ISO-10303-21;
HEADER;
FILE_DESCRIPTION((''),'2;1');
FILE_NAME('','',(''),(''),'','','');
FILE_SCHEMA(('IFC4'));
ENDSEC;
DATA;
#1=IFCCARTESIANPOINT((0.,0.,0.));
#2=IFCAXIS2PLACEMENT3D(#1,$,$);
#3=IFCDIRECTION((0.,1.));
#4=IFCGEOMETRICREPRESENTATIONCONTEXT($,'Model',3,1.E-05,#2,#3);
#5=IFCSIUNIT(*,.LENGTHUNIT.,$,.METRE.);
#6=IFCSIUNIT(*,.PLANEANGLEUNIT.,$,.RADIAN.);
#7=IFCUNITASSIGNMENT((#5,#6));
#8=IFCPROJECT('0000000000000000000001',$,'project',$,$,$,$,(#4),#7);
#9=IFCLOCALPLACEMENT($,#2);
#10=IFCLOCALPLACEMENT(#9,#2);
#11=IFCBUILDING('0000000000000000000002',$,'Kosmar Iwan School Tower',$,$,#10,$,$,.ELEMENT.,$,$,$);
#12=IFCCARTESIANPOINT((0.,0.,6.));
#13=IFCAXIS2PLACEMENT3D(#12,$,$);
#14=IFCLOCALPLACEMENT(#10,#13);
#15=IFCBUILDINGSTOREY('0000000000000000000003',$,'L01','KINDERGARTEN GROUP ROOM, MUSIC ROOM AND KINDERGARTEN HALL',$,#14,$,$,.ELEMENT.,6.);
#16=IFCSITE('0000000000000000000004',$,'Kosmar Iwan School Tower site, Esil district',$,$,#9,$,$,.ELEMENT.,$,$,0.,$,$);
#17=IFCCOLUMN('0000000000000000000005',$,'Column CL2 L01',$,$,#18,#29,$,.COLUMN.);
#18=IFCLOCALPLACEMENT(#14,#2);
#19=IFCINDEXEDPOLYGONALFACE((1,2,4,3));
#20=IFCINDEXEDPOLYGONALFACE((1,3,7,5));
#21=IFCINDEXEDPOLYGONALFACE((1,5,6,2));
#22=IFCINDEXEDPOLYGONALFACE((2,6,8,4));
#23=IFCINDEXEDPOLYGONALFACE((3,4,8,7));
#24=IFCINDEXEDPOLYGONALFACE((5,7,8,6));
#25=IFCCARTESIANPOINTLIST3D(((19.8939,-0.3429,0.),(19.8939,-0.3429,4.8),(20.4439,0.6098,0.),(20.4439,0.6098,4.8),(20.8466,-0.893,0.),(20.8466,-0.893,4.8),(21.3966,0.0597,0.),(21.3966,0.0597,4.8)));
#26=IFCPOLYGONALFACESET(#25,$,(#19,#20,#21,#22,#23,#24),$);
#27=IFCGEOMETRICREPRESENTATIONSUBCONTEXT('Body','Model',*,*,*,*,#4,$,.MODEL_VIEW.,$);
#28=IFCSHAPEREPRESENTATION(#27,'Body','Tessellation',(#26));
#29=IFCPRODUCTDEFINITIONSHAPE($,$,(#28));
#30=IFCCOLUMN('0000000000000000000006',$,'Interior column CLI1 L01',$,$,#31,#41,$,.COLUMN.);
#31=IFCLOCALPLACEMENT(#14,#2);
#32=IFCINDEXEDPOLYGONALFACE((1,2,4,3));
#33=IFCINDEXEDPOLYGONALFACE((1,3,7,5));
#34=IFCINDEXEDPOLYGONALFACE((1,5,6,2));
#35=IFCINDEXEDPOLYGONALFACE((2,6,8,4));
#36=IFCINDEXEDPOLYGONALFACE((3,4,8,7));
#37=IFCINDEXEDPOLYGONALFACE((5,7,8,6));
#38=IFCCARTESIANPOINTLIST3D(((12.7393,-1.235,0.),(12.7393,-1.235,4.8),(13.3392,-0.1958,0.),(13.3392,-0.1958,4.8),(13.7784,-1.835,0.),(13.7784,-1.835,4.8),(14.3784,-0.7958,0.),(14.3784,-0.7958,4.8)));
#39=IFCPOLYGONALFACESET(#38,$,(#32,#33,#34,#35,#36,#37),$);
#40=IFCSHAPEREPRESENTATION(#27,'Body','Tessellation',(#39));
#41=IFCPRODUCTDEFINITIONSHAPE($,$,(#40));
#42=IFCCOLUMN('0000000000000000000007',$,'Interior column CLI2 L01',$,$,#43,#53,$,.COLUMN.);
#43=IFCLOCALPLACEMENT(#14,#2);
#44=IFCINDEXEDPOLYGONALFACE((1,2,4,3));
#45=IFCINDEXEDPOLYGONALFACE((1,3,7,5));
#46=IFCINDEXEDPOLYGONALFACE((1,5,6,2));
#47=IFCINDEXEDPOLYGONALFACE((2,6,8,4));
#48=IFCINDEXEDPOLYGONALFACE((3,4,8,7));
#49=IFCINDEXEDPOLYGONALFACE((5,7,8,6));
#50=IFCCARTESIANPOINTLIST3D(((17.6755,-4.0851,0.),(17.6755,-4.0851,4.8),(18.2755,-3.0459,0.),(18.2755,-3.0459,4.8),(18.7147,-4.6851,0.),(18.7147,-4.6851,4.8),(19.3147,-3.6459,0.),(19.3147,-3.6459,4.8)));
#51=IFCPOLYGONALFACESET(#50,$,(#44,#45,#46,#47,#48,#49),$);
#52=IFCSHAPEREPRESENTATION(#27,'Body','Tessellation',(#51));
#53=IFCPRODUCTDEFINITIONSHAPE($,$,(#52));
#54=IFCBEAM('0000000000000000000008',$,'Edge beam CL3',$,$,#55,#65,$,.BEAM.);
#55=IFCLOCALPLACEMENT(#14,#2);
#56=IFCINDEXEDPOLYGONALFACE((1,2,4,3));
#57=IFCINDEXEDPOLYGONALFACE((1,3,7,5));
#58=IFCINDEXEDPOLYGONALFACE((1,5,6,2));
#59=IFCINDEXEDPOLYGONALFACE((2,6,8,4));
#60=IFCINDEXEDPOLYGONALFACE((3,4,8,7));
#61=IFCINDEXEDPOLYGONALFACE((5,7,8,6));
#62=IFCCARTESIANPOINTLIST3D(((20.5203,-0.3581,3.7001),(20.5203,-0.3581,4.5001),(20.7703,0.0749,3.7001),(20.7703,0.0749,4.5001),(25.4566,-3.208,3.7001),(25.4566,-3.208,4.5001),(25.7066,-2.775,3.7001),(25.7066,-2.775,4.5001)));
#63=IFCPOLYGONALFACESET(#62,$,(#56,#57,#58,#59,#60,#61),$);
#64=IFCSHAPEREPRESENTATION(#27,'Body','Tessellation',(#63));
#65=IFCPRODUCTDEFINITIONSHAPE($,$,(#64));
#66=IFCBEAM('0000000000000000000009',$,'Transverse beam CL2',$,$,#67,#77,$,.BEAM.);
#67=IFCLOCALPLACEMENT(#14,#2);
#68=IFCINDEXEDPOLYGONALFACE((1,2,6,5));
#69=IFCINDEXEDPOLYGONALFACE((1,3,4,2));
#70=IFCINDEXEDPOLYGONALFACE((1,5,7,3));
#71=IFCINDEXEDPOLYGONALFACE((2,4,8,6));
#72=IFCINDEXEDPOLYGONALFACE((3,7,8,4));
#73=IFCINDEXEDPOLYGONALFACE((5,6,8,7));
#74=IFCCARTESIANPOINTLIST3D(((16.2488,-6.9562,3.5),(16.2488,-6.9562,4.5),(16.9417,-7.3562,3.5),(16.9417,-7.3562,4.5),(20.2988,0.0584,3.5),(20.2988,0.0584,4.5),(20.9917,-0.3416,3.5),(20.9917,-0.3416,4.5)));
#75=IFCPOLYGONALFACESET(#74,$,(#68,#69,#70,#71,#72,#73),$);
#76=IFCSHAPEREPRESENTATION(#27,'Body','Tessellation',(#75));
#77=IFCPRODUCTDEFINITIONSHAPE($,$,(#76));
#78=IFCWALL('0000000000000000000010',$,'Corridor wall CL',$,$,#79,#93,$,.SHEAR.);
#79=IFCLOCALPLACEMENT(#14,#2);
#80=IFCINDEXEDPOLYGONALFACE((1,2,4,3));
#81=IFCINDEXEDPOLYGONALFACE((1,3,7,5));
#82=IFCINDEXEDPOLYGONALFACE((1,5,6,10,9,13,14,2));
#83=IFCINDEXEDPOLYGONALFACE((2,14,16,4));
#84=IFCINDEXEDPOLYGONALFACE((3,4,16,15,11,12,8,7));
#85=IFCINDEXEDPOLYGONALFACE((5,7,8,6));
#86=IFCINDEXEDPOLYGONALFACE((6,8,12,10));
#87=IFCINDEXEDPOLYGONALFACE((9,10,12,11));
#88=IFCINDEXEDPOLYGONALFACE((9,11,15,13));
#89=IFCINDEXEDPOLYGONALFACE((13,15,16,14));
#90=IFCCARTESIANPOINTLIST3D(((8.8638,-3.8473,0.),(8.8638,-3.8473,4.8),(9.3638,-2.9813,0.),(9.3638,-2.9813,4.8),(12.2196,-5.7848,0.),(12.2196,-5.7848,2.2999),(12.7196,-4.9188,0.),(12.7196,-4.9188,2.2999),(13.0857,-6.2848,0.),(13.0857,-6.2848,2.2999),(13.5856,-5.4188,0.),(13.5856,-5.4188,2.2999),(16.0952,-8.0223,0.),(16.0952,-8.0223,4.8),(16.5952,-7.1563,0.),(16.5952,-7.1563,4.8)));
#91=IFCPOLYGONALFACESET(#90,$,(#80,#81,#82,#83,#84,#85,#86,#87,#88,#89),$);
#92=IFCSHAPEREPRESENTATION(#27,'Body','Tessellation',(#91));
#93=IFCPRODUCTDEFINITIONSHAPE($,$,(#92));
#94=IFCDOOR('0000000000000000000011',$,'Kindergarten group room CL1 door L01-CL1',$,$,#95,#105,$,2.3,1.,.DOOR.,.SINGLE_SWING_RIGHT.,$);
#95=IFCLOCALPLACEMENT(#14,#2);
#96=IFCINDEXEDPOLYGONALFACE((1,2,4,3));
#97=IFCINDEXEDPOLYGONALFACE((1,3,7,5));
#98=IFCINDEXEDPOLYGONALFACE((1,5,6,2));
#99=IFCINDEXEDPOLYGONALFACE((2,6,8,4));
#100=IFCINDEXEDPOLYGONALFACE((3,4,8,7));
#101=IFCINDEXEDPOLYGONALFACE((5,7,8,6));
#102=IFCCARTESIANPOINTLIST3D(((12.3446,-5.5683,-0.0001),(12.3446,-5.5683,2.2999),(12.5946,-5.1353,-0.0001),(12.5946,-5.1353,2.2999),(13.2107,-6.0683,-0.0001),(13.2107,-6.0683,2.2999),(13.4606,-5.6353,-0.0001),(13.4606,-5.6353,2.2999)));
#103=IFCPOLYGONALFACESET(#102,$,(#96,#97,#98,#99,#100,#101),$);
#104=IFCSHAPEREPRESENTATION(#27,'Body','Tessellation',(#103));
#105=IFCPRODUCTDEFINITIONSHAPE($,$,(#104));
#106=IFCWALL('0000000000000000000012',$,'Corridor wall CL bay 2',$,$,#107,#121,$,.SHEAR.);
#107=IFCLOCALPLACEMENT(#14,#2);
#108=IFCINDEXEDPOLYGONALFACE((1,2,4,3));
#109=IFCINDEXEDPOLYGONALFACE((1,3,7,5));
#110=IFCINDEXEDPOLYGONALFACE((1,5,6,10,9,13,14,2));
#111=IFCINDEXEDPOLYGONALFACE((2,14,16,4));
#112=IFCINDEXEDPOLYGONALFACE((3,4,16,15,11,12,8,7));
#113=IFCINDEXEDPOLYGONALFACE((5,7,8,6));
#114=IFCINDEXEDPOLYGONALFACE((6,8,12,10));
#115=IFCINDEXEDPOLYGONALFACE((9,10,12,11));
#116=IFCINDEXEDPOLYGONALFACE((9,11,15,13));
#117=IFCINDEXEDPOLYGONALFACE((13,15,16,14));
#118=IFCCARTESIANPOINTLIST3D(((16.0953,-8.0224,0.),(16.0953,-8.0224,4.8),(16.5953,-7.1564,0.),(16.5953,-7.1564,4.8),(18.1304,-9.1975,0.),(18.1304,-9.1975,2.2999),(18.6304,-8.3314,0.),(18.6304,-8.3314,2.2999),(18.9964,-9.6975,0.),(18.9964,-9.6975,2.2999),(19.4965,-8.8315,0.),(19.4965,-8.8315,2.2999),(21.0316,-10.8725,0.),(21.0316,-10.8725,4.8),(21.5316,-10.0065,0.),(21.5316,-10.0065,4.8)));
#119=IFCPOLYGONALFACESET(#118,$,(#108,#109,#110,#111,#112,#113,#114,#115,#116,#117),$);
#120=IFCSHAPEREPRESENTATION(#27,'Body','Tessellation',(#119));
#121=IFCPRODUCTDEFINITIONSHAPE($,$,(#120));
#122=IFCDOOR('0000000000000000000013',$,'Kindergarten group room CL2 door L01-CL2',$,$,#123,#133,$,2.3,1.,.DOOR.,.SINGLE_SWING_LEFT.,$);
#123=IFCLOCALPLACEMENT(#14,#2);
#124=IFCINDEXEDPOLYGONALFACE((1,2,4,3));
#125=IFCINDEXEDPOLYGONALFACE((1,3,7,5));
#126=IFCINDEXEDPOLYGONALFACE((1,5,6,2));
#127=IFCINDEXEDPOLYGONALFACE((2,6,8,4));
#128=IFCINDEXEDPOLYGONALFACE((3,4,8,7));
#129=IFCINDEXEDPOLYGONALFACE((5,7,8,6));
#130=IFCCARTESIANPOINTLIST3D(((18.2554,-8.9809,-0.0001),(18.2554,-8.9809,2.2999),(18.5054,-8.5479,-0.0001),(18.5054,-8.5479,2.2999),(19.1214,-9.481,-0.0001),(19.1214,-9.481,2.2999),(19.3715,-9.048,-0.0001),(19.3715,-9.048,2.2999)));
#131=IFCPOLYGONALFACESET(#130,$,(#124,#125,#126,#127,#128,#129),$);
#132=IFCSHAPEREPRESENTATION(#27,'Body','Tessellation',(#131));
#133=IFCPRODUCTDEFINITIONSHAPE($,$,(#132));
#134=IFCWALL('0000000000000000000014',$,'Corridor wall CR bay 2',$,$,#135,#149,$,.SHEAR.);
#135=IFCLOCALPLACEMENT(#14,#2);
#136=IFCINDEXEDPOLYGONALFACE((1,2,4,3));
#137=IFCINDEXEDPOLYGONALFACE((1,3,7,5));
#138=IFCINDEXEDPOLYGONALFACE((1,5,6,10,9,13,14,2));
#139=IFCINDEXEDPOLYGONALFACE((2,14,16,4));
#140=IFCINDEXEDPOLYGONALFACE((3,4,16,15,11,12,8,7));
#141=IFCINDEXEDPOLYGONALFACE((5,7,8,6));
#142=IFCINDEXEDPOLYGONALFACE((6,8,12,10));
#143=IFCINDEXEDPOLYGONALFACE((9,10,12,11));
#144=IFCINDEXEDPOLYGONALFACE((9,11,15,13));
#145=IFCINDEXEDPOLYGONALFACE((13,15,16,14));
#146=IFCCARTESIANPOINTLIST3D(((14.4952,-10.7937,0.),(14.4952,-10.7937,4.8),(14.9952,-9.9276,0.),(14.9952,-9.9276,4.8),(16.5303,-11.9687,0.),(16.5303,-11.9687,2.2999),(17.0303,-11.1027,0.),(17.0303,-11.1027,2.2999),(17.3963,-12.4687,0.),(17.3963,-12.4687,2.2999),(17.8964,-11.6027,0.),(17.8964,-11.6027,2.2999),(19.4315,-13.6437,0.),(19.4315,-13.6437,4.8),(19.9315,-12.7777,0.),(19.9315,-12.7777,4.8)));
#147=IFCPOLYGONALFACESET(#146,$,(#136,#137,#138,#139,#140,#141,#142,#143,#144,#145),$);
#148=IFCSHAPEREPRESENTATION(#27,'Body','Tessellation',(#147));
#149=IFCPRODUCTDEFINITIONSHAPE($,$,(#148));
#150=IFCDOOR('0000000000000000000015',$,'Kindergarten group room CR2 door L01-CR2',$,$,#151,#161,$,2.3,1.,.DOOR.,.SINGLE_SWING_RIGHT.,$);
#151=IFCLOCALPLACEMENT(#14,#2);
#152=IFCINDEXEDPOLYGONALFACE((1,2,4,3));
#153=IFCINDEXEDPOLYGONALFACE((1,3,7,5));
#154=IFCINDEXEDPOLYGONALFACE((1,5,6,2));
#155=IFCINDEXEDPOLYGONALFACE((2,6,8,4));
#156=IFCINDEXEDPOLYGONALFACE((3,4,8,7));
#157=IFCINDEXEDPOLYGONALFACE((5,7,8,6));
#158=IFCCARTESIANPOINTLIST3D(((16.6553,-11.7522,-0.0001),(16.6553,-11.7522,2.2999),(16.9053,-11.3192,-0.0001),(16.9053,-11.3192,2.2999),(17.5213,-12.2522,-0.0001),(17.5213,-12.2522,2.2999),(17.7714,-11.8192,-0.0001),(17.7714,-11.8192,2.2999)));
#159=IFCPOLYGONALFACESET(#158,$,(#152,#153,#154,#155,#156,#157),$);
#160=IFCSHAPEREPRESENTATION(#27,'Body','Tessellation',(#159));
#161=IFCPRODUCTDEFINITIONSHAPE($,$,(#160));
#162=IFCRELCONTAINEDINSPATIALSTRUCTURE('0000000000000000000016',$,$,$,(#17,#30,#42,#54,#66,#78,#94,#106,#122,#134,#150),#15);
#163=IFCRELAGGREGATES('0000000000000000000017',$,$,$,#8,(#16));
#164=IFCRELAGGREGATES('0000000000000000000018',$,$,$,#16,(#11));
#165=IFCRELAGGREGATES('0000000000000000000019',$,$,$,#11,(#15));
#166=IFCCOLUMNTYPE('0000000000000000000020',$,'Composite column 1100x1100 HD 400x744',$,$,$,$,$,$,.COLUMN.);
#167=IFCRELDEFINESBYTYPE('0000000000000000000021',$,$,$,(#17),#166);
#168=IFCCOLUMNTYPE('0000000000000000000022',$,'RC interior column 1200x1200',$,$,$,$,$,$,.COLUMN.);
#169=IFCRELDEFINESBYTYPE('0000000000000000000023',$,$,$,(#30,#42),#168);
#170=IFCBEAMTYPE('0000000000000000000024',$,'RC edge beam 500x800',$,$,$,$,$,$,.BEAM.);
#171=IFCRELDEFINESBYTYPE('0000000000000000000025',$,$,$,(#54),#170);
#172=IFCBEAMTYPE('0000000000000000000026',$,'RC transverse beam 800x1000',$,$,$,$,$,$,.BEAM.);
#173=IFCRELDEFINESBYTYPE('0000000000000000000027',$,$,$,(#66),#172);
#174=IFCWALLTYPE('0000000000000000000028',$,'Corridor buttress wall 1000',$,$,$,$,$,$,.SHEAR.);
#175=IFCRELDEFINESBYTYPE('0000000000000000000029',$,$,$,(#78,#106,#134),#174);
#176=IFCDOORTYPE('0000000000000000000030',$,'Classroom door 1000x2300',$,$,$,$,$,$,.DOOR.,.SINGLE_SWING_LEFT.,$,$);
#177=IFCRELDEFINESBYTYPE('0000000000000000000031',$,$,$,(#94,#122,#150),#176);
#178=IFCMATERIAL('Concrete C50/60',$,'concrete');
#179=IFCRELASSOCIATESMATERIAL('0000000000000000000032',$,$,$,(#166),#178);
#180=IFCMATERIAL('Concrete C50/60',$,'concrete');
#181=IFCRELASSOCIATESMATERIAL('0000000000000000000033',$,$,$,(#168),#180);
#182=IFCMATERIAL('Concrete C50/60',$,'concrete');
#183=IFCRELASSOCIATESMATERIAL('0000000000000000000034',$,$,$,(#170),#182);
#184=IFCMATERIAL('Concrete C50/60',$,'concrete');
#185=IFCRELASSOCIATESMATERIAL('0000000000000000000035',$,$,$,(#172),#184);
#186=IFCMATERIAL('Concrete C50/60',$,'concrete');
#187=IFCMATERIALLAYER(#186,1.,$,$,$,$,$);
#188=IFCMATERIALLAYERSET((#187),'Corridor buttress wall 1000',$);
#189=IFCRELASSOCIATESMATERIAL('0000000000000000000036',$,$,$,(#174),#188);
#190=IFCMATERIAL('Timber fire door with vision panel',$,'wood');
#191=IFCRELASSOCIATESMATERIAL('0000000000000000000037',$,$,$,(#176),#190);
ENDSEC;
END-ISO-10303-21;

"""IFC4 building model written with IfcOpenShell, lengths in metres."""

from ifc_helpers import new_model, si_unit, direction, frame, frame_2d, origin, origin_2d, place, context, subcontext, project, spatial, rectangle, extrude, material, layer, layer_set, material_profile, profile_set, type_object, element, fill, save


model = new_model("IFC4")

# Units and contexts
model_context = context("Model", 3, precision=1e-05, world=origin(), true_north=direction((0.0, 1.0)))
body_context = subcontext(model_context, "Body", "Model", "MODEL_VIEW")
ifc_project = project(units=[si_unit("LENGTHUNIT", "METRE"), si_unit("PLANEANGLEUNIT", "RADIAN")], contexts=[model_context])

# Site, building, storey
site_placement = place(None, origin())
site = spatial("IfcSite", under=ifc_project, at=site_placement, Name="Kosmar Iwan School Tower site, Esil district", CompositionType="ELEMENT", RefElevation=0.0)
building_placement = place(site_placement, origin())
building = spatial("IfcBuilding", under=site, at=building_placement, Name="Kosmar Iwan School Tower", CompositionType="ELEMENT")
storey_placement = place(building_placement, frame((0.0, 0.0, 6.0)))
storey = spatial("IfcBuildingStorey", under=building, at=storey_placement, Name="L01", Description="KINDERGARTEN GROUP ROOM, MUSIC ROOM AND KINDERGARTEN HALL", CompositionType="ELEMENT", Elevation=6.0)

# Columns
ifc_material_1 = material(Name="Concrete C50/60", Category="concrete")
ifc_material_profile_1 = material_profile(ifc_material_1, rectangle(XDim=1.1001, YDim=1.1001, at=origin_2d()), Name="RC 1100x1100 + HD 400x744")
ifc_profile_set_1 = profile_set([ifc_material_profile_1], Name="Concrete C50/60")
column_type_1 = type_object("IfcColumnType", Name="Composite column 1100x1100 HD 400x744", PredefinedType="COLUMN", material=ifc_profile_set_1)
column_placement = place(storey_placement, frame((20.6453, -0.1416, 0.0), z_axis=(0.0, 0.0, 1.0), x_axis=(0.866025, -0.5, 0.0)))
element("IfcColumn", 1, at=column_placement, inside=storey, type_object=column_type_1, Name="Column CL2 L01", PredefinedType="COLUMN", context=body_context, shape_type="SweptSolid", body=[
    extrude(rectangle(XDim=1.1001, YDim=1.1001, at=origin_2d()), origin(), (0.0, 0.0, 1.0), 4.8),
])
ifc_material_2 = material(Name="Concrete C50/60", Category="concrete")
ifc_material_profile_2 = material_profile(ifc_material_2, rectangle(XDim=1.2, YDim=1.2, at=origin_2d()), Name="RC 1200x1200")
ifc_profile_set_2 = profile_set([ifc_material_profile_2], Name="Concrete C50/60")
column_type_2 = type_object("IfcColumnType", Name="RC interior column 1200x1200", PredefinedType="COLUMN", material=ifc_profile_set_2)
for number, where, z_axis, x_axis, name in (
    (2, (13.5588, -1.0154, 0.0), (0.0, 0.0, 1.0), (0.866025, -0.5, 0.0), "Interior column CLI1 L01"),
    (3, (18.4951, -3.8655, 0.0), (0.0, 0.0, 1.0), (0.866025, -0.5, 0.0), "Interior column CLI2 L01"),
):
    element("IfcColumn", number, at=place(storey_placement, frame(where, z_axis=z_axis, x_axis=x_axis)), inside=storey, type_object=column_type_2, Name=name, PredefinedType="COLUMN", context=body_context, shape_type="SweptSolid", body=[
        extrude(rectangle(XDim=1.2, YDim=1.2, at=origin_2d()), origin(), (0.0, 0.0, 1.0), 4.8),
    ])

# Beams
ifc_material_3 = material(Name="Concrete C50/60", Category="concrete")
ifc_material_profile_3 = material_profile(ifc_material_3, rectangle(XDim=0.5, YDim=0.8, at=origin_2d()), Name="RC 500x800")
ifc_profile_set_3 = profile_set([ifc_material_profile_3], Name="Concrete C50/60")
beam_type_1 = type_object("IfcBeamType", Name="RC edge beam 500x800", PredefinedType="BEAM", material=ifc_profile_set_3)
beam_1_placement = place(storey_placement, frame((20.6453, -0.1416, 4.1001), z_axis=(0.866034, -0.499986, 0.0), x_axis=(0.499986, 0.866034, 0.0)))
element("IfcBeam", 4, at=beam_1_placement, inside=storey, type_object=beam_type_1, Name="Edge beam CL3", PredefinedType="BEAM", context=body_context, shape_type="SweptSolid", body=[
    extrude(rectangle(XDim=0.5, YDim=0.8, at=origin_2d()), origin(), (0.0, 0.0, 1.0), 5.7),
])
ifc_material_4 = material(Name="Concrete C50/60", Category="concrete")
ifc_material_profile_4 = material_profile(ifc_material_4, rectangle(XDim=0.8, YDim=1.0, at=origin_2d()), Name="RC 800x1000")
ifc_profile_set_4 = profile_set([ifc_material_profile_4], Name="Concrete C50/60")
beam_type_2 = type_object("IfcBeamType", Name="RC transverse beam 800x1000", PredefinedType="BEAM", material=ifc_profile_set_4)
beam_2_placement = place(storey_placement, frame((20.6453, -0.1416, 4.0), z_axis=(-0.500013, -0.866018, 0.0), x_axis=(0.866018, -0.500013, 0.0)))
element("IfcBeam", 5, at=beam_2_placement, inside=storey, type_object=beam_type_2, Name="Transverse beam CL2", PredefinedType="BEAM", context=body_context, shape_type="SweptSolid", body=[
    extrude(rectangle(XDim=0.8, YDim=1.0, at=origin_2d()), origin(), (0.0, 0.0, 1.0), 8.0999),
])

# Walls, openings, doors
ifc_material_5 = material(Name="Concrete C50/60", Category="concrete")
ifc_layer_1 = layer(ifc_material_5, 1.0)
ifc_layer_set_1 = layer_set([ifc_layer_1], Name="Corridor buttress wall 1000")
wall_type_1 = type_object("IfcWallType", Name="Corridor buttress wall 1000", PredefinedType="SHEAR", material=ifc_layer_set_1)
wall_1_placement = place(storey_placement, frame((9.1138, -3.4143, 0.0), z_axis=(0.0, 0.0, 1.0), x_axis=(0.866027, -0.499997, 0.0)))
wall_1 = element("IfcWall", 6, at=wall_1_placement, inside=storey, type_object=wall_type_1, Name="Corridor wall CL", PredefinedType="SHEAR", context=body_context, shape_type="SweptSolid", body=[
    extrude(rectangle(XDim=8.3501, YDim=1.0, at=frame_2d((4.175, 0.0))), origin(), (0.0, 0.0, 1.0), 4.8),
])
opening_1_placement = place(wall_1_placement, frame((3.875, 0.0, 0.0)))
opening_1 = element("IfcOpeningElement", 7, at=opening_1_placement, cuts=wall_1, PredefinedType="OPENING", context=body_context, shape_type="SweptSolid", body=[
    extrude(rectangle(XDim=1.0, YDim=2.3, at=frame_2d((0.5, 1.1499))), frame((0.0, 0.512, 0.0), z_axis=(0.0, -1.0, 0.0), x_axis=(1.0, 0.0, 0.0)), (0.0, 0.0, 1.0), 1.0239),
])
ifc_material_6 = material(Name="Timber fire door with vision panel", Category="wood")
door_type = type_object("IfcDoorType", Name="Classroom door 1000x2300", OperationType="SINGLE_SWING_LEFT", PredefinedType="DOOR", material=ifc_material_6)
door_1_placement = place(opening_1_placement, origin())
door_1 = element("IfcDoor", 8, at=door_1_placement, inside=storey, type_object=door_type, Name="Kindergarten group room CL1 door L01-CL1", OperationType="SINGLE_SWING_RIGHT", OverallHeight=2.3, OverallWidth=1.0, PredefinedType="DOOR", context=body_context, shape_type="SweptSolid", body=[
    extrude(rectangle(XDim=1.0, YDim=2.3, at=frame_2d((0.5, 1.1499))), frame((0.0, 0.25, 0.0), z_axis=(0.0, -1.0, 0.0), x_axis=(1.0, 0.0, 0.0)), (0.0, 0.0, 1.0), 0.5),
])
fill(opening_1, door_1)
wall_2_placement = place(storey_placement, frame((16.3452, -7.5894, 0.0), z_axis=(0.0, 0.0, 1.0), x_axis=(0.866015, -0.500018, 0.0)))
wall_2 = element("IfcWall", 9, at=wall_2_placement, inside=storey, type_object=wall_type_1, Name="Corridor wall CL bay 2", PredefinedType="SHEAR", context=body_context, shape_type="SweptSolid", body=[
    extrude(rectangle(XDim=5.7, YDim=1.0, at=frame_2d((2.8501, 0.0))), origin(), (0.0, 0.0, 1.0), 4.8),
])
opening_2_placement = place(wall_2_placement, frame((2.3501, 0.0, 0.0)))
opening_2 = element("IfcOpeningElement", 10, at=opening_2_placement, cuts=wall_2, PredefinedType="OPENING", context=body_context, shape_type="SweptSolid", body=[
    extrude(rectangle(XDim=1.0, YDim=2.3, at=frame_2d((0.5, 1.1499))), frame((0.0, 0.512, 0.0), z_axis=(0.0, -1.0, 0.0), x_axis=(1.0, 0.0, 0.0)), (0.0, 0.0, 1.0), 1.0239),
])
door_2_placement = place(opening_2_placement, origin())
door_2 = element("IfcDoor", 11, at=door_2_placement, inside=storey, type_object=door_type, Name="Kindergarten group room CL2 door L01-CL2", OperationType="SINGLE_SWING_LEFT", OverallHeight=2.3, OverallWidth=1.0, PredefinedType="DOOR", context=body_context, shape_type="SweptSolid", body=[
    extrude(rectangle(XDim=1.0, YDim=2.3, at=frame_2d((0.5, 1.1499))), frame((0.0, 0.25, 0.0), z_axis=(0.0, -1.0, 0.0), x_axis=(1.0, 0.0, 0.0)), (0.0, 0.0, 1.0), 0.5),
])
fill(opening_2, door_2)
wall_3_placement = place(storey_placement, frame((14.7451, -10.3606, 0.0), z_axis=(0.0, 0.0, 1.0), x_axis=(0.866015, -0.500018, 0.0)))
wall_3 = element("IfcWall", 12, at=wall_3_placement, inside=storey, type_object=wall_type_1, Name="Corridor wall CR bay 2", PredefinedType="SHEAR", context=body_context, shape_type="SweptSolid", body=[
    extrude(rectangle(XDim=5.7, YDim=1.0, at=frame_2d((2.8501, 0.0))), origin(), (0.0, 0.0, 1.0), 4.8),
])
opening_3_placement = place(wall_3_placement, frame((2.3501, 0.0, 0.0)))
opening_3 = element("IfcOpeningElement", 13, at=opening_3_placement, cuts=wall_3, PredefinedType="OPENING", context=body_context, shape_type="SweptSolid", body=[
    extrude(rectangle(XDim=1.0, YDim=2.3, at=frame_2d((0.5, 1.1499))), frame((0.0, 0.512, 0.0), z_axis=(0.0, -1.0, 0.0), x_axis=(1.0, 0.0, 0.0)), (0.0, 0.0, 1.0), 1.0239),
])
door_3_placement = place(opening_3_placement, origin())
door_3 = element("IfcDoor", 14, at=door_3_placement, inside=storey, type_object=door_type, Name="Kindergarten group room CR2 door L01-CR2", OperationType="SINGLE_SWING_RIGHT", OverallHeight=2.3, OverallWidth=1.0, PredefinedType="DOOR", context=body_context, shape_type="SweptSolid", body=[
    extrude(rectangle(XDim=1.0, YDim=2.3, at=frame_2d((0.5, 1.1499))), frame((0.0, 0.25, 0.0), z_axis=(0.0, -1.0, 0.0), x_axis=(1.0, 0.0, 0.0)), (0.0, 0.0, 1.0), 0.5),
])
fill(opening_3, door_3)

save(model, "model.ifc")
